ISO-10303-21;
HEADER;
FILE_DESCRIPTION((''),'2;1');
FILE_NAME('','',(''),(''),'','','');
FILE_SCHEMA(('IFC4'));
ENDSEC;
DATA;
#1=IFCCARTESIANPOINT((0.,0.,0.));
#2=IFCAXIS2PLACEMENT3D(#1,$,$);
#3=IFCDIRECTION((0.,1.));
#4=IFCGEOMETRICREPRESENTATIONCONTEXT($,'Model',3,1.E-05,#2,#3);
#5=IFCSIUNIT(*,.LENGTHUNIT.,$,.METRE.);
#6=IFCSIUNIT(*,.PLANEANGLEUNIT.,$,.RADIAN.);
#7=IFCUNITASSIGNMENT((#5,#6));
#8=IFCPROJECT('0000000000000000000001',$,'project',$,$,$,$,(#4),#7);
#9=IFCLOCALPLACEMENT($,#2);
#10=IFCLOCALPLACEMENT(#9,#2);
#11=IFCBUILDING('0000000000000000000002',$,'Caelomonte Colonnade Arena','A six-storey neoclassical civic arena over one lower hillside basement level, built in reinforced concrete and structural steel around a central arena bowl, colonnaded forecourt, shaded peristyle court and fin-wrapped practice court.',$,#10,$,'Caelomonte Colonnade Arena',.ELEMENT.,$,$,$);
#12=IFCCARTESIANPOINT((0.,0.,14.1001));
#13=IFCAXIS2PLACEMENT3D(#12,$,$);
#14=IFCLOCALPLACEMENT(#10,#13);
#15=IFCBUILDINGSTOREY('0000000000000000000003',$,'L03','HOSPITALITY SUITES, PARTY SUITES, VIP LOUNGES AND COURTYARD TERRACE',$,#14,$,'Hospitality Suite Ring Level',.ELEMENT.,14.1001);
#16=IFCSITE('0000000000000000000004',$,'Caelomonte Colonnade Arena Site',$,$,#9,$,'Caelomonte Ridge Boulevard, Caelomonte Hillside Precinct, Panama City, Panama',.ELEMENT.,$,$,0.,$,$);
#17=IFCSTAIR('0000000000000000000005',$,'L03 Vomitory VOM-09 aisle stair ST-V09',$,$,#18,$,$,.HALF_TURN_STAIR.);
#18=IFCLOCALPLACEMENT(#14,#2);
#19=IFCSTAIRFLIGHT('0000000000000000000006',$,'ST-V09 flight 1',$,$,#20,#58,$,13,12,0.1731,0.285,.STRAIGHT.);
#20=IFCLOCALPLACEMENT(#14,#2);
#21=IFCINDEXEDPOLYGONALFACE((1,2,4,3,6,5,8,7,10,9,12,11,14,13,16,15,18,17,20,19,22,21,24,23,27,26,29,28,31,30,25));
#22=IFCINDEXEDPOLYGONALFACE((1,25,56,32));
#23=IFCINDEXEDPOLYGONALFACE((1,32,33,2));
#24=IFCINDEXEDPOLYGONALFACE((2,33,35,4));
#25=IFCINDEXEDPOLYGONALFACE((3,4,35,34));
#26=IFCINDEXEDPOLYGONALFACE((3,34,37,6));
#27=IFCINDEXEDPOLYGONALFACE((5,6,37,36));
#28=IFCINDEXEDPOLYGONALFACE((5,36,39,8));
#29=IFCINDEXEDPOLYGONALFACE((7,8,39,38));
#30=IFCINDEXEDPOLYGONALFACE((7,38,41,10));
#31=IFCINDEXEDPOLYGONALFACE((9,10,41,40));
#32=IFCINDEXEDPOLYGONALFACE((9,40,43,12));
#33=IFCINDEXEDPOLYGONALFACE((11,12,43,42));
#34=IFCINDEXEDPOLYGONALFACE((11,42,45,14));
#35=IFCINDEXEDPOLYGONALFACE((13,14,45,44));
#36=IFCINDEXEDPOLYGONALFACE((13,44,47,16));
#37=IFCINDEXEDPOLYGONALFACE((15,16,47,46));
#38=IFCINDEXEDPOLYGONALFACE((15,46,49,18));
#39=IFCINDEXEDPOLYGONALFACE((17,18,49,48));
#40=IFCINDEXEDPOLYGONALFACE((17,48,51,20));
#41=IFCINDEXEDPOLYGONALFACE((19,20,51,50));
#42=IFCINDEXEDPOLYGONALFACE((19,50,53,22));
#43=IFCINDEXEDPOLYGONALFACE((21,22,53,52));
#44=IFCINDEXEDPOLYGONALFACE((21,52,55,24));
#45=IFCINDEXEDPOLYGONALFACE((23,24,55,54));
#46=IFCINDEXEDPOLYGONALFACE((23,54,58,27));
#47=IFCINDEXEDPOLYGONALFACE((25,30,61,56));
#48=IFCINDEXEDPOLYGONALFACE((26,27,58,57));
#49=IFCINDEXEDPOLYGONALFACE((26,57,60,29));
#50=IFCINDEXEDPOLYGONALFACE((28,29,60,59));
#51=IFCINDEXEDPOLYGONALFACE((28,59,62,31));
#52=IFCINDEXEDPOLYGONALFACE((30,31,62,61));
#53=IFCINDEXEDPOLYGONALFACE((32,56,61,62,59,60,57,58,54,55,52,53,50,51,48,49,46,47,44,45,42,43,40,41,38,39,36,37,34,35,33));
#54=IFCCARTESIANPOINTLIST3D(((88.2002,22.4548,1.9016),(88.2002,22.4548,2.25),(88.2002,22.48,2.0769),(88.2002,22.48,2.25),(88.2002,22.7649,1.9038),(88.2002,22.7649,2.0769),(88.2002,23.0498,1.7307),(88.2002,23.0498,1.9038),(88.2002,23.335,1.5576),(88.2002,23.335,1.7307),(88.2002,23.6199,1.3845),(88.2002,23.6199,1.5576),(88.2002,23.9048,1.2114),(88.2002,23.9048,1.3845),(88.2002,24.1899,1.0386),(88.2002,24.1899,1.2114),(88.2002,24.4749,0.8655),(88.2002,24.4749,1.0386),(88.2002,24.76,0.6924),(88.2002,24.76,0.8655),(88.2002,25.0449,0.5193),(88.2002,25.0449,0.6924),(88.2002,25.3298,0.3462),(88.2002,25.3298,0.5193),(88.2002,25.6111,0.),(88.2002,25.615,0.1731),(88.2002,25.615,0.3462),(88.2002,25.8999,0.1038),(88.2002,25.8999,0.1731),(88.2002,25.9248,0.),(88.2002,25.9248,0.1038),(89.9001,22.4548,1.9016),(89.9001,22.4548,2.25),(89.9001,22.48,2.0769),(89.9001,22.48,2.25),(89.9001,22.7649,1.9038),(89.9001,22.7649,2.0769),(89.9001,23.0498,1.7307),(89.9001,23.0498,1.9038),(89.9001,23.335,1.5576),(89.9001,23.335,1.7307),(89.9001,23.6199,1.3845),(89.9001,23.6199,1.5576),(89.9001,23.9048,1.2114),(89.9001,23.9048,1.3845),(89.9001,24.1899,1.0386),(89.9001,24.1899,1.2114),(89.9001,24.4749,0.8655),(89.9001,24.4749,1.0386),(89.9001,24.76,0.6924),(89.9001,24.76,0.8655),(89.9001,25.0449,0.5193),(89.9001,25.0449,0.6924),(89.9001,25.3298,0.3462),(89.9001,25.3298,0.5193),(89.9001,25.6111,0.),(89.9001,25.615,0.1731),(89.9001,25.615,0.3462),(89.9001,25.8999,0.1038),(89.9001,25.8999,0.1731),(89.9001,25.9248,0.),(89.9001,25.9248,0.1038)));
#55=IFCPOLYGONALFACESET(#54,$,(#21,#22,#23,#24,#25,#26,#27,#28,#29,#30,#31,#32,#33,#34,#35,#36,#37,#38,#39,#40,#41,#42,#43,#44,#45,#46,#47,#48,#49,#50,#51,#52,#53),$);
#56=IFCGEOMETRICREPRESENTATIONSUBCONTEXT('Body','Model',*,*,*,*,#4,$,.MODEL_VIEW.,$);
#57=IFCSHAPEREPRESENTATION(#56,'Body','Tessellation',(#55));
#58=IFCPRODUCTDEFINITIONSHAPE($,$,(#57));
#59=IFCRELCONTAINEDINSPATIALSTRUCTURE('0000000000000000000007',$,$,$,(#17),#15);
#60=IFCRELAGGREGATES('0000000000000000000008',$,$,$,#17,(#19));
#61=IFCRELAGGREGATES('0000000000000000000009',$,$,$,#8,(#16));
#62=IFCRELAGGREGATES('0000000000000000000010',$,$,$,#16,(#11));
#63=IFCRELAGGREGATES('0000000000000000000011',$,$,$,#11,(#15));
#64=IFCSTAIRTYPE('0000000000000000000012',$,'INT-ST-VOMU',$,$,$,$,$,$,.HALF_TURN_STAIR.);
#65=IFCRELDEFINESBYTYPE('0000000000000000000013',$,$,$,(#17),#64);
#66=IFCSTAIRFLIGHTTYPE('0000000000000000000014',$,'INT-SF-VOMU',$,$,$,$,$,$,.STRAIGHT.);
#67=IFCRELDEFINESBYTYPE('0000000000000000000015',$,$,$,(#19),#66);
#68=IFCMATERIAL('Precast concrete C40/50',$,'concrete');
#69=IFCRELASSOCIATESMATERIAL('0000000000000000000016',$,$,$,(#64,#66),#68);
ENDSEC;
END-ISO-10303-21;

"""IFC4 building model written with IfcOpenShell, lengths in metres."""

from ifc_helpers import new_model, si_unit, direction, frame, origin, place, context, subcontext, project, spatial, polyline, outline, extrude, material, type_object, element, aggregate, save


model = new_model("IFC4")

# Units and contexts
model_context = context("Model", 3, precision=1e-05, world=origin(), true_north=direction((0.0, 1.0)))
body_context = subcontext(model_context, "Body", "Model", "MODEL_VIEW")
ifc_project = project(units=[si_unit("LENGTHUNIT", "METRE"), si_unit("PLANEANGLEUNIT", "RADIAN")], contexts=[model_context])

# Site, building, storey
site_placement = place(None, origin())
site = spatial("IfcSite", under=ifc_project, at=site_placement, Name="Caelomonte Colonnade Arena Site", LongName="Caelomonte Ridge Boulevard, Caelomonte Hillside Precinct, Panama City, Panama", CompositionType="ELEMENT", RefElevation=0.0)
building_placement = place(site_placement, origin())
building = spatial("IfcBuilding", under=site, at=building_placement, Name="Caelomonte Colonnade Arena", Description="A six-storey neoclassical civic arena over one lower hillside basement level, built in reinforced concrete and structural steel around a central arena bowl, colonnaded forecourt, shaded peristyle court and fin-wrapped practice court.", LongName="Caelomonte Colonnade Arena", CompositionType="ELEMENT")
storey_placement = place(building_placement, frame((0.0, 0.0, 14.1001)))
storey = spatial("IfcBuildingStorey", under=building, at=storey_placement, Name="L03", Description="HOSPITALITY SUITES, PARTY SUITES, VIP LOUNGES AND COURTYARD TERRACE", LongName="Hospitality Suite Ring Level", CompositionType="ELEMENT", Elevation=14.1001)

# Stair, stair flight
ifc_material_1 = material(Name="Precast concrete C40/50", Category="concrete")
stair_type = type_object("IfcStairType", Name="INT-ST-VOMU", PredefinedType="HALF_TURN_STAIR", material=ifc_material_1)
stair_placement = place(storey_placement, origin())
stair = element("IfcStair", 1, at=stair_placement, inside=storey, type_object=stair_type, Name="L03 Vomitory VOM-09 aisle stair ST-V09", PredefinedType="HALF_TURN_STAIR")
stair_flight_type = type_object("IfcStairFlightType", Name="INT-SF-VOMU", PredefinedType="STRAIGHT", material=ifc_material_1)
stair_flight_placement = place(storey_placement, frame((89.05, 25.8999, 0.0), z_axis=(0.0, 0.0, 1.0), x_axis=(0.0, -1.0, 0.0)))
stair_flight = element("IfcStairFlight", 2, at=stair_flight_placement, type_object=stair_flight_type, Name="ST-V09 flight 1", NumberOfRisers=13, NumberOfTreads=12, PredefinedType="STRAIGHT", RiserHeight=0.1731, TreadLength=0.285, context=body_context, shape_type="SweptSolid", body=[
    extrude(outline(polyline([(-0.0249, 0.0), (-0.0249, 0.1038), (0.0, 0.1038), (0.0, 0.1731), (0.2849, 0.1731), (0.2849, 0.3462), (0.5701, 0.3462), (0.5701, 0.5193), (0.855, 0.5193), (0.855, 0.6924), (1.1399, 0.6924), (1.1399, 0.8655), (1.425, 0.8655), (1.425, 1.0386), (1.71, 1.0386), (1.71, 1.2114), (1.9951, 1.2114), (1.9951, 1.3845), (2.28, 1.3845), (2.28, 1.5576), (2.5649, 1.5576), (2.5649, 1.7307), (2.8501, 1.7307), (2.8501, 1.9038), (3.135, 1.9038), (3.135, 2.0769), (3.4199, 2.0769), (3.4199, 2.25), (3.4451, 2.25), (3.4451, 1.9016), (0.2888, 0.0), (-0.0249, 0.0)])), frame((0.0, 0.8501, 0.0), z_axis=(0.0, -1.0, 0.0), x_axis=(1.0, 0.0, 0.0)), (0.0, 0.0, 1.0), 1.7),
])
aggregate(stair, [stair_flight])

save(model, "model.ifc")
